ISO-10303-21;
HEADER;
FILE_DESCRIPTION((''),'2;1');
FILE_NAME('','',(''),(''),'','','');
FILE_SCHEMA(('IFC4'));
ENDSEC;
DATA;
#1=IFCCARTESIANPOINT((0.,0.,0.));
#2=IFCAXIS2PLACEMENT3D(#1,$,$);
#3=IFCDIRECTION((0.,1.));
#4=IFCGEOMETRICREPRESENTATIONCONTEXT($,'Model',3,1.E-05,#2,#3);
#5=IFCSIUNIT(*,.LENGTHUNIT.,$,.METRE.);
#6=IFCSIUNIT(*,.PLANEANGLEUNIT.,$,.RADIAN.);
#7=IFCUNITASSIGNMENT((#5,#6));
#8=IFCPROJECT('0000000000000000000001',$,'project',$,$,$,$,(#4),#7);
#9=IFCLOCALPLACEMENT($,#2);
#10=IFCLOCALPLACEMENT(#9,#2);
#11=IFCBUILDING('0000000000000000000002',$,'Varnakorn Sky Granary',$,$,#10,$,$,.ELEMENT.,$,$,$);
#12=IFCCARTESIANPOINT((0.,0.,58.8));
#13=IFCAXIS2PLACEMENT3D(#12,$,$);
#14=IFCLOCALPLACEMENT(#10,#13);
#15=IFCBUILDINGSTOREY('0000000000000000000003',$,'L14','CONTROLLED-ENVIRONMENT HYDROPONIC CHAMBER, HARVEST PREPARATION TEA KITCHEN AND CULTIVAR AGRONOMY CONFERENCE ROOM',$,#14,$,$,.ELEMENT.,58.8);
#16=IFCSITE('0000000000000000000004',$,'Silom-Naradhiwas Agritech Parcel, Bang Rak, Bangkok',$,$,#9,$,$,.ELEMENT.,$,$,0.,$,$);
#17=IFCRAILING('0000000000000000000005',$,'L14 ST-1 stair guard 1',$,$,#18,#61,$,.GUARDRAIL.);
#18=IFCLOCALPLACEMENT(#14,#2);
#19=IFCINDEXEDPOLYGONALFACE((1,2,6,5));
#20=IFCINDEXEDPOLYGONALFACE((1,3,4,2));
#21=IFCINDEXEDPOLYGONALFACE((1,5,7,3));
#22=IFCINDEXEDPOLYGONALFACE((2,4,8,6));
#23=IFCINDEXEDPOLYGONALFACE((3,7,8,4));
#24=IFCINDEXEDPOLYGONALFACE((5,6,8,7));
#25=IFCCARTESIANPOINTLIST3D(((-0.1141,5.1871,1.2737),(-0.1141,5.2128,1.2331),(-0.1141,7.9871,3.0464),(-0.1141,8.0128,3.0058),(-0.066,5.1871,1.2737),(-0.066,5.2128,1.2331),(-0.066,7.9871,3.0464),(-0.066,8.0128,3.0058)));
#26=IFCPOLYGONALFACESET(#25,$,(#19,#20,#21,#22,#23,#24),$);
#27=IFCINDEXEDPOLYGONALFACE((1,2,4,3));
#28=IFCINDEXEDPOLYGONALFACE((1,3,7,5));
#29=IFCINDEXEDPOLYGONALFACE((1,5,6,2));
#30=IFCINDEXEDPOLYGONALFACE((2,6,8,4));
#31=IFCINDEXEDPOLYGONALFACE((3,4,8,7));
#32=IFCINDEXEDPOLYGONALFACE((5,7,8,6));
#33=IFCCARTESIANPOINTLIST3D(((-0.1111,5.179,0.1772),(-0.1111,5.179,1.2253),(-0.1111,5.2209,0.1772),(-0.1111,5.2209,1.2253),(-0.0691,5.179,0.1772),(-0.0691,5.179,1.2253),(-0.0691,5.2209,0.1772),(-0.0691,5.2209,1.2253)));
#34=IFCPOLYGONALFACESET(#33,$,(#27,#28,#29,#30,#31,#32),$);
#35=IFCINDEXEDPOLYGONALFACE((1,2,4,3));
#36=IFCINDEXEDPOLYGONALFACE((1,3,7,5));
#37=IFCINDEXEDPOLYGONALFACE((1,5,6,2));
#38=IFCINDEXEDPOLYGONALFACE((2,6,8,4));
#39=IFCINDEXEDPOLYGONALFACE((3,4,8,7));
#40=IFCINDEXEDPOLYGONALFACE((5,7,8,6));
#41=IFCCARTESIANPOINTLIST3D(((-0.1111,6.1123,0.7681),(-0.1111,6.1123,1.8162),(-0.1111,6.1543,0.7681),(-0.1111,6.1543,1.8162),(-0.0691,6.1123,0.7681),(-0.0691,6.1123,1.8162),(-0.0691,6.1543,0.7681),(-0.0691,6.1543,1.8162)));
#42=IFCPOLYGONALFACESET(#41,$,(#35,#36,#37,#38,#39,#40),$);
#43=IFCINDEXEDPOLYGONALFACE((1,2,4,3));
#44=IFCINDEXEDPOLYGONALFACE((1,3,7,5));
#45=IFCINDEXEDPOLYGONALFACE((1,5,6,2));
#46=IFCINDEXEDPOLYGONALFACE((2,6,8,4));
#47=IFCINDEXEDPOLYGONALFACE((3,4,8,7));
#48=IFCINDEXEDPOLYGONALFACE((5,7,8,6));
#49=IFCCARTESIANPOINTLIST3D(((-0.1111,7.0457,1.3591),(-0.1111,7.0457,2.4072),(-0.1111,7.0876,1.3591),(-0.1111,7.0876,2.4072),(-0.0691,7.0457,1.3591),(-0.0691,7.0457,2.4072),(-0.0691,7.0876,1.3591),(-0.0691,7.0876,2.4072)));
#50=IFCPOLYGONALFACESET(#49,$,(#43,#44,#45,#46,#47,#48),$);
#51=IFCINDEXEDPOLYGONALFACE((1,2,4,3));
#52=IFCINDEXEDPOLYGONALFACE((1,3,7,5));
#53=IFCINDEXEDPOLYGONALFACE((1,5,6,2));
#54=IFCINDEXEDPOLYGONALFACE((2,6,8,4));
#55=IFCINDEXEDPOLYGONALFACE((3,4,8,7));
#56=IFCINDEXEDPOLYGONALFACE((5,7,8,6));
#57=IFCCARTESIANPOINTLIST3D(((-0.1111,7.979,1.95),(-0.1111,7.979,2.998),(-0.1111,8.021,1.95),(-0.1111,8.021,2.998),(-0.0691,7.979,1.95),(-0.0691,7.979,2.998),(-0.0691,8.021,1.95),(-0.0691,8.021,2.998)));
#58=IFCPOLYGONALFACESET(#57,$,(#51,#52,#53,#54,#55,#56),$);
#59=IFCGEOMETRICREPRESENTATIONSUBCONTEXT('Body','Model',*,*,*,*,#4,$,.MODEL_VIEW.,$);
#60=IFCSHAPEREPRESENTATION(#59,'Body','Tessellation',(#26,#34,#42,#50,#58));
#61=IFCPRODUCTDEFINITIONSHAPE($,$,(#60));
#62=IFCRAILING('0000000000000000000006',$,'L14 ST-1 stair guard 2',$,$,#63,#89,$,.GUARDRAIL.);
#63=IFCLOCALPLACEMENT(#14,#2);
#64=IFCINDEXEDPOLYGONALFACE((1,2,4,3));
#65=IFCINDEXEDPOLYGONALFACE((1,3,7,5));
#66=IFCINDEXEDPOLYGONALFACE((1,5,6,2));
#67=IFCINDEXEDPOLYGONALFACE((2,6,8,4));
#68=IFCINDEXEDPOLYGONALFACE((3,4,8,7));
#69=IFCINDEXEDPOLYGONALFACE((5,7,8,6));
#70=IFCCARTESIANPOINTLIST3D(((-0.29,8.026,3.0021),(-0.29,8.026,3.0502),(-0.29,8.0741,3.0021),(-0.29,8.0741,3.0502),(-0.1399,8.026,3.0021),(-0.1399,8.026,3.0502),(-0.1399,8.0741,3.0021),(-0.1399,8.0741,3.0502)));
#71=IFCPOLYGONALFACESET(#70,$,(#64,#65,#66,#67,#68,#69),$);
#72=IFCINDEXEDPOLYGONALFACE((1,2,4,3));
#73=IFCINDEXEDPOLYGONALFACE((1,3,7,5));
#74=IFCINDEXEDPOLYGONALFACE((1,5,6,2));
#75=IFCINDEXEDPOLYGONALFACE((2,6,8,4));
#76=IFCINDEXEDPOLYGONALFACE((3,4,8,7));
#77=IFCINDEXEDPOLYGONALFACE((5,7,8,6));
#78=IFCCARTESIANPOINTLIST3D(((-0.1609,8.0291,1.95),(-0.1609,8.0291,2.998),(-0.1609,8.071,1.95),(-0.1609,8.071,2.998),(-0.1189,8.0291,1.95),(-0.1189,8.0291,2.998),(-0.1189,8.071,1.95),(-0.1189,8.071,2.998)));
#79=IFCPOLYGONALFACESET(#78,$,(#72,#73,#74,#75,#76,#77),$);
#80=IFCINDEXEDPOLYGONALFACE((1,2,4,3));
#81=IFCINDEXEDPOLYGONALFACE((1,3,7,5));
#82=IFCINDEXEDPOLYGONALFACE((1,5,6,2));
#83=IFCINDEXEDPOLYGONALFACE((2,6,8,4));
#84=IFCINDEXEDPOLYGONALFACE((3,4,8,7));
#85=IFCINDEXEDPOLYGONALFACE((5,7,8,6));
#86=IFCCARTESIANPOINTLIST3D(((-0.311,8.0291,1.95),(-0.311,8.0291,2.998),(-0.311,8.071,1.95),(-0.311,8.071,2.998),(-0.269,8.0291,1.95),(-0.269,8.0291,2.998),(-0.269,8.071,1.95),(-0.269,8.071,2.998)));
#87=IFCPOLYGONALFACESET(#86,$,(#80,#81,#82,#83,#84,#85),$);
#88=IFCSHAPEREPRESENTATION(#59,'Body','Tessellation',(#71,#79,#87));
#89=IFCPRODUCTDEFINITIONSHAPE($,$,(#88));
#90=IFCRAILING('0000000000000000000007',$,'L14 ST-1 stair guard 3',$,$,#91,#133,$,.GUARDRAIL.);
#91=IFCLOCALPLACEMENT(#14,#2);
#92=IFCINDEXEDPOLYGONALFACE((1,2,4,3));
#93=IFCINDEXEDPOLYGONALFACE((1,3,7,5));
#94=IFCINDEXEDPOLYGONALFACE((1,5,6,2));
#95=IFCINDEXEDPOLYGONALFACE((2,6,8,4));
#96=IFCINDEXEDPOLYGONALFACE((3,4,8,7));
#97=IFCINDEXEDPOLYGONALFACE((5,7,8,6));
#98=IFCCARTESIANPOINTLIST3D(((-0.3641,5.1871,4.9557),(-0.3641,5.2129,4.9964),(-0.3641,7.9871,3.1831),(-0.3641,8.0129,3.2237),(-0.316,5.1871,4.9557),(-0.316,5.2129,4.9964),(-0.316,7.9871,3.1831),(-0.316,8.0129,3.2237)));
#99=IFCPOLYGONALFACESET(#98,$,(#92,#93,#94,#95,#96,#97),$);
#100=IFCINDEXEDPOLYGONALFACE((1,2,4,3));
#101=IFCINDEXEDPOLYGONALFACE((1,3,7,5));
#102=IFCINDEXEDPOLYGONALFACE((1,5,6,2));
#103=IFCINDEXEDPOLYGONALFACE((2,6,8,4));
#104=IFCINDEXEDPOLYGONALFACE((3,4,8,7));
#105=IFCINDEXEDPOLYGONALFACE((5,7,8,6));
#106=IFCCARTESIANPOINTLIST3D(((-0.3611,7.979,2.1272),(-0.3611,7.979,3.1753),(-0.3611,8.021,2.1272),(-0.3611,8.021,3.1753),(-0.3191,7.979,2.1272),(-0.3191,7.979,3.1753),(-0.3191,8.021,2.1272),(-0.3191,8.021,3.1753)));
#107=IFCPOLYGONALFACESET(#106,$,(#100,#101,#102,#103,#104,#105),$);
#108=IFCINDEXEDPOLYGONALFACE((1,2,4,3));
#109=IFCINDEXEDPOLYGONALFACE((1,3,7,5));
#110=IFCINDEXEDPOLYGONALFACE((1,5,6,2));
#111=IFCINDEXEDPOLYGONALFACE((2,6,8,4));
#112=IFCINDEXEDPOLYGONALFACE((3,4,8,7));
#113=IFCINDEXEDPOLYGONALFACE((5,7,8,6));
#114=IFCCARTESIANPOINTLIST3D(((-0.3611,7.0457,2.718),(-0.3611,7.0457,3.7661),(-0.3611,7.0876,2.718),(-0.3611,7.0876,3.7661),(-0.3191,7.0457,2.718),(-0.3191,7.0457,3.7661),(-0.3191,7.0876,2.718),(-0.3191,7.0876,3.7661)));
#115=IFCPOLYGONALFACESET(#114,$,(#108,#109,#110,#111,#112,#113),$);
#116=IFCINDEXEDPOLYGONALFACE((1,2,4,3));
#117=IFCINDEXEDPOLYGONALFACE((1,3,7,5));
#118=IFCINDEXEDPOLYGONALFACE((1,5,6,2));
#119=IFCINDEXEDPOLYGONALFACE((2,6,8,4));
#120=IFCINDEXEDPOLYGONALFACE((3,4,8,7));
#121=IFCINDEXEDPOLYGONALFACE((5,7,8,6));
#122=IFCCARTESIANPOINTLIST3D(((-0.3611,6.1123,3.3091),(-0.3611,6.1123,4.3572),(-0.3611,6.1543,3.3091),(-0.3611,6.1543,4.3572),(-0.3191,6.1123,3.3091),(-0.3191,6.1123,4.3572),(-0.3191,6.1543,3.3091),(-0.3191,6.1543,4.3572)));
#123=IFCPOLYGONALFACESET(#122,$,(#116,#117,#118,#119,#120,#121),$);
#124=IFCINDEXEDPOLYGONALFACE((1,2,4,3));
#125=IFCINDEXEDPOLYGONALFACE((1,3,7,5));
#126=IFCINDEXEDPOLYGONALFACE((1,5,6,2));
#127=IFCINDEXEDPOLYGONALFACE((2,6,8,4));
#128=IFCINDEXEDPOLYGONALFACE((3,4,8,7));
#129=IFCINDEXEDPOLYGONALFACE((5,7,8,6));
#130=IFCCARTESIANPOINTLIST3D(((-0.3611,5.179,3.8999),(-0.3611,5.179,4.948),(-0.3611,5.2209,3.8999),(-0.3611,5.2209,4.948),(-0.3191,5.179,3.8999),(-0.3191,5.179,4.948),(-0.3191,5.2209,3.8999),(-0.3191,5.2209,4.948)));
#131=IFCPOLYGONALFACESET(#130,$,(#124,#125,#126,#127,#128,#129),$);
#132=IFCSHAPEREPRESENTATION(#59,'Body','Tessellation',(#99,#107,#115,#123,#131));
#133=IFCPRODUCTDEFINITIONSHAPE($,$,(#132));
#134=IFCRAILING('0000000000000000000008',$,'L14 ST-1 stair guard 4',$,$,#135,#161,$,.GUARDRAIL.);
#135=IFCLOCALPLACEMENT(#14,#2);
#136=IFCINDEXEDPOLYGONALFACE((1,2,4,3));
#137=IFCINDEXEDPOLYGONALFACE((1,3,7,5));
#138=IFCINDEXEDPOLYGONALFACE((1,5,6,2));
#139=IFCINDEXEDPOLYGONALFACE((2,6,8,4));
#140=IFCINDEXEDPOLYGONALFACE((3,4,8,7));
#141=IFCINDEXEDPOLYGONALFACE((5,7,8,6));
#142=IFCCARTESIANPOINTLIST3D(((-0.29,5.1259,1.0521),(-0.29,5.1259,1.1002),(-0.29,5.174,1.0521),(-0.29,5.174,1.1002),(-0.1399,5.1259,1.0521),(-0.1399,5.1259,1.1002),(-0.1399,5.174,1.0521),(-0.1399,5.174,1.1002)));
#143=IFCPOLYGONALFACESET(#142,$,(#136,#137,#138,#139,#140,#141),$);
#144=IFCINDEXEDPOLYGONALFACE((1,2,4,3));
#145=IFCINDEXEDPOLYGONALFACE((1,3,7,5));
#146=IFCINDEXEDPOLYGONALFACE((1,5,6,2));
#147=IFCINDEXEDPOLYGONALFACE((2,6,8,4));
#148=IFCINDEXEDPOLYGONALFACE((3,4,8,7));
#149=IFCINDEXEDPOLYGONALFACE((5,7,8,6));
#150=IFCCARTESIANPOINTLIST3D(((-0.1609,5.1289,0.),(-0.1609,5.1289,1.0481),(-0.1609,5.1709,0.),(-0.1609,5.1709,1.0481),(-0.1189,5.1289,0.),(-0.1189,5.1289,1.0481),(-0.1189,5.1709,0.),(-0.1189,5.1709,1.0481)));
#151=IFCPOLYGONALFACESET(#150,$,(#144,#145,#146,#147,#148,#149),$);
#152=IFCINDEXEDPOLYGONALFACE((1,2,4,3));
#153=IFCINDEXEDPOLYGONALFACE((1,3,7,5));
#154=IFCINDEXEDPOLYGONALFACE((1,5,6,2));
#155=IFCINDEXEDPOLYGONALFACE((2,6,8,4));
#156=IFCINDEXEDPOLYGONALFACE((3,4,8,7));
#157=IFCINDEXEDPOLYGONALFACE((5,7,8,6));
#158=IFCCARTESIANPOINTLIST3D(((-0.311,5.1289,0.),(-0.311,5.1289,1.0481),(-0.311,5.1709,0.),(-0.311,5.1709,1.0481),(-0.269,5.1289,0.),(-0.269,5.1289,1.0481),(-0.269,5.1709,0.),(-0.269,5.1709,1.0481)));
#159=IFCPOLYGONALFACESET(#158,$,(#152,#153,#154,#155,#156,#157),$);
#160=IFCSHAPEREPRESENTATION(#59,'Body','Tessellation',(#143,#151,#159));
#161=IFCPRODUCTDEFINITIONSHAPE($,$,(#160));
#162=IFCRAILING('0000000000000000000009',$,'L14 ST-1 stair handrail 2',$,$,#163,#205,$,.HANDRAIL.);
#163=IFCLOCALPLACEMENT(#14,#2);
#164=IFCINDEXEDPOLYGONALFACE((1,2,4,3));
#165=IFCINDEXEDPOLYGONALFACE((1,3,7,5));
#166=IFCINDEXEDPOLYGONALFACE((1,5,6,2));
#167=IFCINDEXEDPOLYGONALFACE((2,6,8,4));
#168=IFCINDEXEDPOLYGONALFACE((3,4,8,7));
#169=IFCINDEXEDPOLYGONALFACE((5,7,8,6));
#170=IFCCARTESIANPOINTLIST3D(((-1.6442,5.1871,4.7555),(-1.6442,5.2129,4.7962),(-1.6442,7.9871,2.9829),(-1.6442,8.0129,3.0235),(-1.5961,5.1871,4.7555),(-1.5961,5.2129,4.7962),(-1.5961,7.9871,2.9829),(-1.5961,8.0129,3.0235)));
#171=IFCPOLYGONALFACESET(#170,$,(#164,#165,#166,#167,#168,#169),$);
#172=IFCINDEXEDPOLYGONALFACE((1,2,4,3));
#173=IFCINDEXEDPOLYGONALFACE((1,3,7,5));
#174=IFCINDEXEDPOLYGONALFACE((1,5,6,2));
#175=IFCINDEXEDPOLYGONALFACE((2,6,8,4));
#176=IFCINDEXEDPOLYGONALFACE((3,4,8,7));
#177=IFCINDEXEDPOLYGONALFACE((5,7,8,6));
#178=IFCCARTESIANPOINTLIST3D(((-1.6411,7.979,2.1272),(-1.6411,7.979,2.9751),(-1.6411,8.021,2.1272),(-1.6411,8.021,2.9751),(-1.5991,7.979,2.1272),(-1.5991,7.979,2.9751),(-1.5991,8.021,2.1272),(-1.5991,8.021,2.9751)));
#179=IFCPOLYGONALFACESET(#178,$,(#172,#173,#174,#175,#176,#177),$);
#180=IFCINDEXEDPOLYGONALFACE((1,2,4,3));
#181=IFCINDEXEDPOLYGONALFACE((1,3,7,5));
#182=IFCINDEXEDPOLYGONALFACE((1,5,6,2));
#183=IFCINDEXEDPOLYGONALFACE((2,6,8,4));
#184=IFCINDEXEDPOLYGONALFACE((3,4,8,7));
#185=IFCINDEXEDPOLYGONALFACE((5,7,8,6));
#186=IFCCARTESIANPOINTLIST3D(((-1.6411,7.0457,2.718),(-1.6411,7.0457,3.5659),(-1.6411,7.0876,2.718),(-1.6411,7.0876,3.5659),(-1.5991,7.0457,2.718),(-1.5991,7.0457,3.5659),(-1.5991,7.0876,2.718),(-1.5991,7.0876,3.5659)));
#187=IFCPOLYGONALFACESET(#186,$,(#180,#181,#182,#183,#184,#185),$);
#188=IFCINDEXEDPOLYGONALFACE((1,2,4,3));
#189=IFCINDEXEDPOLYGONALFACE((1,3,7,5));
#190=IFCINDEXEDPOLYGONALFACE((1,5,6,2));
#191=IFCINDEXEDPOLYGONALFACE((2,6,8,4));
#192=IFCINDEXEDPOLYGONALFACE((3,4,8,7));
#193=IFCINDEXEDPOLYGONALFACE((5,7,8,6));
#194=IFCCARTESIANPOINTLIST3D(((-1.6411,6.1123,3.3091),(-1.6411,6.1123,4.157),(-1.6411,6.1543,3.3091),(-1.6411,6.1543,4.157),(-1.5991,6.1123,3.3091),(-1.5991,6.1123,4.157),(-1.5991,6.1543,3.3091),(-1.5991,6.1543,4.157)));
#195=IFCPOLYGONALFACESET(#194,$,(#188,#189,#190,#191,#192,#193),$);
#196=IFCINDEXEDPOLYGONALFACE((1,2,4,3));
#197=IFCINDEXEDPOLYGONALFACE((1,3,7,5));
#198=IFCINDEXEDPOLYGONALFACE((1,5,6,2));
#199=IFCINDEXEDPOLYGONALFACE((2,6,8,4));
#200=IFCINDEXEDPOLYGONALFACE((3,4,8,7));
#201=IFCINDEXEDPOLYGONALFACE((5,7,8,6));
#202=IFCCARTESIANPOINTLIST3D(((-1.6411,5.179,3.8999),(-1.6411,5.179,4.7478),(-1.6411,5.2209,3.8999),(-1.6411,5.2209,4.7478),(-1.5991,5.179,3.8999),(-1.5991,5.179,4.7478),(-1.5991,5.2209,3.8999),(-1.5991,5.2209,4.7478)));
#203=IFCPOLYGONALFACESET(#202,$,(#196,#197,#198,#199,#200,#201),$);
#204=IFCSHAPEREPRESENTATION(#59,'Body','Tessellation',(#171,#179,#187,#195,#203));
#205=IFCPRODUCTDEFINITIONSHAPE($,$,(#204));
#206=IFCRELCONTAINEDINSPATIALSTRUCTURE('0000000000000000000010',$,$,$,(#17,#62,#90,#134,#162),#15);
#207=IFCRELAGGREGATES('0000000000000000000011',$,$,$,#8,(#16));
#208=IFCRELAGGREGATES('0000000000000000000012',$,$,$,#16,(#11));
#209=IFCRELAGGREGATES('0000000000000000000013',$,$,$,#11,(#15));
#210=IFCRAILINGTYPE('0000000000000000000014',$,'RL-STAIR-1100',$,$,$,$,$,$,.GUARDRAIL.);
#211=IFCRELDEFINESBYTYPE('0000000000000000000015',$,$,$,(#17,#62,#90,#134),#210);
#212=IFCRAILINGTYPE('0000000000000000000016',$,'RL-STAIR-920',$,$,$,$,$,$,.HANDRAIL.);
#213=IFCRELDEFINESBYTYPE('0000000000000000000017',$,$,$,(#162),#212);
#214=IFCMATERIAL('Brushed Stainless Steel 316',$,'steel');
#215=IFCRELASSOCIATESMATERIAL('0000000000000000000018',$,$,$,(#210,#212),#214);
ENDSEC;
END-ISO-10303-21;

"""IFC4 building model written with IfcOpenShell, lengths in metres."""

from ifc_helpers import new_model, si_unit, direction, frame, origin, origin_2d, place, context, subcontext, project, spatial, rectangle, extrude, material, type_object, element, save


model = new_model("IFC4")

# Units and contexts
model_context = context("Model", 3, precision=1e-05, world=origin(), true_north=direction((0.0, 1.0)))
body_context = subcontext(model_context, "Body", "Model", "MODEL_VIEW")
ifc_project = project(units=[si_unit("LENGTHUNIT", "METRE"), si_unit("PLANEANGLEUNIT", "RADIAN")], contexts=[model_context])

# Site, building, storey
site_placement = place(None, origin())
site = spatial("IfcSite", under=ifc_project, at=site_placement, Name="Silom-Naradhiwas Agritech Parcel, Bang Rak, Bangkok", CompositionType="ELEMENT", RefElevation=0.0)
building_placement = place(site_placement, origin())
building = spatial("IfcBuilding", under=site, at=building_placement, Name="Varnakorn Sky Granary", CompositionType="ELEMENT")
storey_placement = place(building_placement, frame((0.0, 0.0, 58.8)))
storey = spatial("IfcBuildingStorey", under=building, at=storey_placement, Name="L14", Description="CONTROLLED-ENVIRONMENT HYDROPONIC CHAMBER, HARVEST PREPARATION TEA KITCHEN AND CULTIVAR AGRONOMY CONFERENCE ROOM", CompositionType="ELEMENT", Elevation=58.8)

# Railings
ifc_material_1 = material(Name="Brushed Stainless Steel 316", Category="steel")
railing_type_1 = type_object("IfcRailingType", Name="RL-STAIR-1100", PredefinedType="GUARDRAIL", material=ifc_material_1)
railing_1_placement = place(storey_placement, frame((-0.0901, 5.2, 0.1772)))
element("IfcRailing", 1, at=railing_1_placement, inside=storey, type_object=railing_type_1, Name="L14 ST-1 stair guard 1", PredefinedType="GUARDRAIL", context=body_context, shape_type="SweptSolid", body=[
    extrude(rectangle(XDim=0.0481, YDim=0.0481, at=origin_2d()), frame((0.0, 0.0, 1.0762), z_axis=(0.0, 0.844909, 0.53491), x_axis=(-1.0, 0.0, 0.0)), (0.0, 0.0, 1.0), 3.314),
    extrude(rectangle(XDim=0.042, YDim=0.042, at=origin_2d()), origin(), (0.0, 0.0, 1.0), 1.0481),
    extrude(rectangle(XDim=0.042, YDim=0.042, at=origin_2d()), frame((0.0, 0.9333, 0.5908)), (0.0, 0.0, 1.0), 1.0481),
    extrude(rectangle(XDim=0.042, YDim=0.042, at=origin_2d()), frame((0.0, 1.8667, 1.1819)), (0.0, 0.0, 1.0), 1.0481),
    extrude(rectangle(XDim=0.042, YDim=0.042, at=origin_2d()), frame((0.0, 2.8, 1.7727)), (0.0, 0.0, 1.0), 1.0481),
])
railing_2_placement = place(storey_placement, frame((-0.1399, 8.05, 1.95)))
element("IfcRailing", 2, at=railing_2_placement, inside=storey, type_object=railing_type_1, Name="L14 ST-1 stair guard 2", PredefinedType="GUARDRAIL", context=body_context, shape_type="SweptSolid", body=[
    extrude(rectangle(XDim=0.0481, YDim=0.0481, at=origin_2d()), frame((0.0, 0.0, 1.0762), z_axis=(-1.0, 0.0, 0.0), x_axis=(0.0, -1.0, 0.0)), (0.0, 0.0, 1.0), 0.1501),
    extrude(rectangle(XDim=0.042, YDim=0.042, at=origin_2d()), origin(), (0.0, 0.0, 1.0), 1.0481),
    extrude(rectangle(XDim=0.042, YDim=0.042, at=origin_2d()), frame((-0.1501, 0.0, 0.0)), (0.0, 0.0, 1.0), 1.0481),
])
railing_3_placement = place(storey_placement, frame((-0.3401, 8.0, 2.1272)))
element("IfcRailing", 3, at=railing_3_placement, inside=storey, type_object=railing_type_1, Name="L14 ST-1 stair guard 3", PredefinedType="GUARDRAIL", context=body_context, shape_type="SweptSolid", body=[
    extrude(rectangle(XDim=0.0481, YDim=0.0481, at=origin_2d()), frame((0.0, 0.0, 1.0762), z_axis=(0.0, -0.844909, 0.53491), x_axis=(1.0, 0.0, 0.0)), (0.0, 0.0, 1.0), 3.314),
    extrude(rectangle(XDim=0.042, YDim=0.042, at=origin_2d()), origin(), (0.0, 0.0, 1.0), 1.0481),
    extrude(rectangle(XDim=0.042, YDim=0.042, at=origin_2d()), frame((0.0, -0.9333, 0.5908)), (0.0, 0.0, 1.0), 1.0481),
    extrude(rectangle(XDim=0.042, YDim=0.042, at=origin_2d()), frame((0.0, -1.8667, 1.1819)), (0.0, 0.0, 1.0), 1.0481),
    extrude(rectangle(XDim=0.042, YDim=0.042, at=origin_2d()), frame((0.0, -2.8, 1.7727)), (0.0, 0.0, 1.0), 1.0481),
])
railing_4_placement = place(storey_placement, frame((-0.1399, 5.1499, 0.0)))
element("IfcRailing", 4, at=railing_4_placement, inside=storey, type_object=railing_type_1, Name="L14 ST-1 stair guard 4", PredefinedType="GUARDRAIL", context=body_context, shape_type="SweptSolid", body=[
    extrude(rectangle(XDim=0.0481, YDim=0.0481, at=origin_2d()), frame((0.0, 0.0, 1.0762), z_axis=(-1.0, 0.0, 0.0), x_axis=(0.0, -1.0, 0.0)), (0.0, 0.0, 1.0), 0.1501),
    extrude(rectangle(XDim=0.042, YDim=0.042, at=origin_2d()), origin(), (0.0, 0.0, 1.0), 1.0481),
    extrude(rectangle(XDim=0.042, YDim=0.042, at=origin_2d()), frame((-0.1501, 0.0, 0.0)), (0.0, 0.0, 1.0), 1.0481),
])
railing_type_2 = type_object("IfcRailingType", Name="RL-STAIR-920", PredefinedType="HANDRAIL", material=ifc_material_1)
railing_5_placement = place(storey_placement, frame((-1.6201, 8.0, 2.1272)))
element("IfcRailing", 5, at=railing_5_placement, inside=storey, type_object=railing_type_2, Name="L14 ST-1 stair handrail 2", PredefinedType="HANDRAIL", context=body_context, shape_type="SweptSolid", body=[
    extrude(rectangle(XDim=0.0481, YDim=0.0481, at=origin_2d()), frame((0.0, 0.0, 0.876), z_axis=(0.0, -0.844909, 0.53491), x_axis=(1.0, 0.0, 0.0)), (0.0, 0.0, 1.0), 3.314),
    extrude(rectangle(XDim=0.042, YDim=0.042, at=origin_2d()), origin(), (0.0, 0.0, 1.0), 0.8479),
    extrude(rectangle(XDim=0.042, YDim=0.042, at=origin_2d()), frame((0.0, -0.9333, 0.5908)), (0.0, 0.0, 1.0), 0.8479),
    extrude(rectangle(XDim=0.042, YDim=0.042, at=origin_2d()), frame((0.0, -1.8667, 1.1819)), (0.0, 0.0, 1.0), 0.8479),
    extrude(rectangle(XDim=0.042, YDim=0.042, at=origin_2d()), frame((0.0, -2.8, 1.7727)), (0.0, 0.0, 1.0), 0.8479),
])

save(model, "model.ifc")
